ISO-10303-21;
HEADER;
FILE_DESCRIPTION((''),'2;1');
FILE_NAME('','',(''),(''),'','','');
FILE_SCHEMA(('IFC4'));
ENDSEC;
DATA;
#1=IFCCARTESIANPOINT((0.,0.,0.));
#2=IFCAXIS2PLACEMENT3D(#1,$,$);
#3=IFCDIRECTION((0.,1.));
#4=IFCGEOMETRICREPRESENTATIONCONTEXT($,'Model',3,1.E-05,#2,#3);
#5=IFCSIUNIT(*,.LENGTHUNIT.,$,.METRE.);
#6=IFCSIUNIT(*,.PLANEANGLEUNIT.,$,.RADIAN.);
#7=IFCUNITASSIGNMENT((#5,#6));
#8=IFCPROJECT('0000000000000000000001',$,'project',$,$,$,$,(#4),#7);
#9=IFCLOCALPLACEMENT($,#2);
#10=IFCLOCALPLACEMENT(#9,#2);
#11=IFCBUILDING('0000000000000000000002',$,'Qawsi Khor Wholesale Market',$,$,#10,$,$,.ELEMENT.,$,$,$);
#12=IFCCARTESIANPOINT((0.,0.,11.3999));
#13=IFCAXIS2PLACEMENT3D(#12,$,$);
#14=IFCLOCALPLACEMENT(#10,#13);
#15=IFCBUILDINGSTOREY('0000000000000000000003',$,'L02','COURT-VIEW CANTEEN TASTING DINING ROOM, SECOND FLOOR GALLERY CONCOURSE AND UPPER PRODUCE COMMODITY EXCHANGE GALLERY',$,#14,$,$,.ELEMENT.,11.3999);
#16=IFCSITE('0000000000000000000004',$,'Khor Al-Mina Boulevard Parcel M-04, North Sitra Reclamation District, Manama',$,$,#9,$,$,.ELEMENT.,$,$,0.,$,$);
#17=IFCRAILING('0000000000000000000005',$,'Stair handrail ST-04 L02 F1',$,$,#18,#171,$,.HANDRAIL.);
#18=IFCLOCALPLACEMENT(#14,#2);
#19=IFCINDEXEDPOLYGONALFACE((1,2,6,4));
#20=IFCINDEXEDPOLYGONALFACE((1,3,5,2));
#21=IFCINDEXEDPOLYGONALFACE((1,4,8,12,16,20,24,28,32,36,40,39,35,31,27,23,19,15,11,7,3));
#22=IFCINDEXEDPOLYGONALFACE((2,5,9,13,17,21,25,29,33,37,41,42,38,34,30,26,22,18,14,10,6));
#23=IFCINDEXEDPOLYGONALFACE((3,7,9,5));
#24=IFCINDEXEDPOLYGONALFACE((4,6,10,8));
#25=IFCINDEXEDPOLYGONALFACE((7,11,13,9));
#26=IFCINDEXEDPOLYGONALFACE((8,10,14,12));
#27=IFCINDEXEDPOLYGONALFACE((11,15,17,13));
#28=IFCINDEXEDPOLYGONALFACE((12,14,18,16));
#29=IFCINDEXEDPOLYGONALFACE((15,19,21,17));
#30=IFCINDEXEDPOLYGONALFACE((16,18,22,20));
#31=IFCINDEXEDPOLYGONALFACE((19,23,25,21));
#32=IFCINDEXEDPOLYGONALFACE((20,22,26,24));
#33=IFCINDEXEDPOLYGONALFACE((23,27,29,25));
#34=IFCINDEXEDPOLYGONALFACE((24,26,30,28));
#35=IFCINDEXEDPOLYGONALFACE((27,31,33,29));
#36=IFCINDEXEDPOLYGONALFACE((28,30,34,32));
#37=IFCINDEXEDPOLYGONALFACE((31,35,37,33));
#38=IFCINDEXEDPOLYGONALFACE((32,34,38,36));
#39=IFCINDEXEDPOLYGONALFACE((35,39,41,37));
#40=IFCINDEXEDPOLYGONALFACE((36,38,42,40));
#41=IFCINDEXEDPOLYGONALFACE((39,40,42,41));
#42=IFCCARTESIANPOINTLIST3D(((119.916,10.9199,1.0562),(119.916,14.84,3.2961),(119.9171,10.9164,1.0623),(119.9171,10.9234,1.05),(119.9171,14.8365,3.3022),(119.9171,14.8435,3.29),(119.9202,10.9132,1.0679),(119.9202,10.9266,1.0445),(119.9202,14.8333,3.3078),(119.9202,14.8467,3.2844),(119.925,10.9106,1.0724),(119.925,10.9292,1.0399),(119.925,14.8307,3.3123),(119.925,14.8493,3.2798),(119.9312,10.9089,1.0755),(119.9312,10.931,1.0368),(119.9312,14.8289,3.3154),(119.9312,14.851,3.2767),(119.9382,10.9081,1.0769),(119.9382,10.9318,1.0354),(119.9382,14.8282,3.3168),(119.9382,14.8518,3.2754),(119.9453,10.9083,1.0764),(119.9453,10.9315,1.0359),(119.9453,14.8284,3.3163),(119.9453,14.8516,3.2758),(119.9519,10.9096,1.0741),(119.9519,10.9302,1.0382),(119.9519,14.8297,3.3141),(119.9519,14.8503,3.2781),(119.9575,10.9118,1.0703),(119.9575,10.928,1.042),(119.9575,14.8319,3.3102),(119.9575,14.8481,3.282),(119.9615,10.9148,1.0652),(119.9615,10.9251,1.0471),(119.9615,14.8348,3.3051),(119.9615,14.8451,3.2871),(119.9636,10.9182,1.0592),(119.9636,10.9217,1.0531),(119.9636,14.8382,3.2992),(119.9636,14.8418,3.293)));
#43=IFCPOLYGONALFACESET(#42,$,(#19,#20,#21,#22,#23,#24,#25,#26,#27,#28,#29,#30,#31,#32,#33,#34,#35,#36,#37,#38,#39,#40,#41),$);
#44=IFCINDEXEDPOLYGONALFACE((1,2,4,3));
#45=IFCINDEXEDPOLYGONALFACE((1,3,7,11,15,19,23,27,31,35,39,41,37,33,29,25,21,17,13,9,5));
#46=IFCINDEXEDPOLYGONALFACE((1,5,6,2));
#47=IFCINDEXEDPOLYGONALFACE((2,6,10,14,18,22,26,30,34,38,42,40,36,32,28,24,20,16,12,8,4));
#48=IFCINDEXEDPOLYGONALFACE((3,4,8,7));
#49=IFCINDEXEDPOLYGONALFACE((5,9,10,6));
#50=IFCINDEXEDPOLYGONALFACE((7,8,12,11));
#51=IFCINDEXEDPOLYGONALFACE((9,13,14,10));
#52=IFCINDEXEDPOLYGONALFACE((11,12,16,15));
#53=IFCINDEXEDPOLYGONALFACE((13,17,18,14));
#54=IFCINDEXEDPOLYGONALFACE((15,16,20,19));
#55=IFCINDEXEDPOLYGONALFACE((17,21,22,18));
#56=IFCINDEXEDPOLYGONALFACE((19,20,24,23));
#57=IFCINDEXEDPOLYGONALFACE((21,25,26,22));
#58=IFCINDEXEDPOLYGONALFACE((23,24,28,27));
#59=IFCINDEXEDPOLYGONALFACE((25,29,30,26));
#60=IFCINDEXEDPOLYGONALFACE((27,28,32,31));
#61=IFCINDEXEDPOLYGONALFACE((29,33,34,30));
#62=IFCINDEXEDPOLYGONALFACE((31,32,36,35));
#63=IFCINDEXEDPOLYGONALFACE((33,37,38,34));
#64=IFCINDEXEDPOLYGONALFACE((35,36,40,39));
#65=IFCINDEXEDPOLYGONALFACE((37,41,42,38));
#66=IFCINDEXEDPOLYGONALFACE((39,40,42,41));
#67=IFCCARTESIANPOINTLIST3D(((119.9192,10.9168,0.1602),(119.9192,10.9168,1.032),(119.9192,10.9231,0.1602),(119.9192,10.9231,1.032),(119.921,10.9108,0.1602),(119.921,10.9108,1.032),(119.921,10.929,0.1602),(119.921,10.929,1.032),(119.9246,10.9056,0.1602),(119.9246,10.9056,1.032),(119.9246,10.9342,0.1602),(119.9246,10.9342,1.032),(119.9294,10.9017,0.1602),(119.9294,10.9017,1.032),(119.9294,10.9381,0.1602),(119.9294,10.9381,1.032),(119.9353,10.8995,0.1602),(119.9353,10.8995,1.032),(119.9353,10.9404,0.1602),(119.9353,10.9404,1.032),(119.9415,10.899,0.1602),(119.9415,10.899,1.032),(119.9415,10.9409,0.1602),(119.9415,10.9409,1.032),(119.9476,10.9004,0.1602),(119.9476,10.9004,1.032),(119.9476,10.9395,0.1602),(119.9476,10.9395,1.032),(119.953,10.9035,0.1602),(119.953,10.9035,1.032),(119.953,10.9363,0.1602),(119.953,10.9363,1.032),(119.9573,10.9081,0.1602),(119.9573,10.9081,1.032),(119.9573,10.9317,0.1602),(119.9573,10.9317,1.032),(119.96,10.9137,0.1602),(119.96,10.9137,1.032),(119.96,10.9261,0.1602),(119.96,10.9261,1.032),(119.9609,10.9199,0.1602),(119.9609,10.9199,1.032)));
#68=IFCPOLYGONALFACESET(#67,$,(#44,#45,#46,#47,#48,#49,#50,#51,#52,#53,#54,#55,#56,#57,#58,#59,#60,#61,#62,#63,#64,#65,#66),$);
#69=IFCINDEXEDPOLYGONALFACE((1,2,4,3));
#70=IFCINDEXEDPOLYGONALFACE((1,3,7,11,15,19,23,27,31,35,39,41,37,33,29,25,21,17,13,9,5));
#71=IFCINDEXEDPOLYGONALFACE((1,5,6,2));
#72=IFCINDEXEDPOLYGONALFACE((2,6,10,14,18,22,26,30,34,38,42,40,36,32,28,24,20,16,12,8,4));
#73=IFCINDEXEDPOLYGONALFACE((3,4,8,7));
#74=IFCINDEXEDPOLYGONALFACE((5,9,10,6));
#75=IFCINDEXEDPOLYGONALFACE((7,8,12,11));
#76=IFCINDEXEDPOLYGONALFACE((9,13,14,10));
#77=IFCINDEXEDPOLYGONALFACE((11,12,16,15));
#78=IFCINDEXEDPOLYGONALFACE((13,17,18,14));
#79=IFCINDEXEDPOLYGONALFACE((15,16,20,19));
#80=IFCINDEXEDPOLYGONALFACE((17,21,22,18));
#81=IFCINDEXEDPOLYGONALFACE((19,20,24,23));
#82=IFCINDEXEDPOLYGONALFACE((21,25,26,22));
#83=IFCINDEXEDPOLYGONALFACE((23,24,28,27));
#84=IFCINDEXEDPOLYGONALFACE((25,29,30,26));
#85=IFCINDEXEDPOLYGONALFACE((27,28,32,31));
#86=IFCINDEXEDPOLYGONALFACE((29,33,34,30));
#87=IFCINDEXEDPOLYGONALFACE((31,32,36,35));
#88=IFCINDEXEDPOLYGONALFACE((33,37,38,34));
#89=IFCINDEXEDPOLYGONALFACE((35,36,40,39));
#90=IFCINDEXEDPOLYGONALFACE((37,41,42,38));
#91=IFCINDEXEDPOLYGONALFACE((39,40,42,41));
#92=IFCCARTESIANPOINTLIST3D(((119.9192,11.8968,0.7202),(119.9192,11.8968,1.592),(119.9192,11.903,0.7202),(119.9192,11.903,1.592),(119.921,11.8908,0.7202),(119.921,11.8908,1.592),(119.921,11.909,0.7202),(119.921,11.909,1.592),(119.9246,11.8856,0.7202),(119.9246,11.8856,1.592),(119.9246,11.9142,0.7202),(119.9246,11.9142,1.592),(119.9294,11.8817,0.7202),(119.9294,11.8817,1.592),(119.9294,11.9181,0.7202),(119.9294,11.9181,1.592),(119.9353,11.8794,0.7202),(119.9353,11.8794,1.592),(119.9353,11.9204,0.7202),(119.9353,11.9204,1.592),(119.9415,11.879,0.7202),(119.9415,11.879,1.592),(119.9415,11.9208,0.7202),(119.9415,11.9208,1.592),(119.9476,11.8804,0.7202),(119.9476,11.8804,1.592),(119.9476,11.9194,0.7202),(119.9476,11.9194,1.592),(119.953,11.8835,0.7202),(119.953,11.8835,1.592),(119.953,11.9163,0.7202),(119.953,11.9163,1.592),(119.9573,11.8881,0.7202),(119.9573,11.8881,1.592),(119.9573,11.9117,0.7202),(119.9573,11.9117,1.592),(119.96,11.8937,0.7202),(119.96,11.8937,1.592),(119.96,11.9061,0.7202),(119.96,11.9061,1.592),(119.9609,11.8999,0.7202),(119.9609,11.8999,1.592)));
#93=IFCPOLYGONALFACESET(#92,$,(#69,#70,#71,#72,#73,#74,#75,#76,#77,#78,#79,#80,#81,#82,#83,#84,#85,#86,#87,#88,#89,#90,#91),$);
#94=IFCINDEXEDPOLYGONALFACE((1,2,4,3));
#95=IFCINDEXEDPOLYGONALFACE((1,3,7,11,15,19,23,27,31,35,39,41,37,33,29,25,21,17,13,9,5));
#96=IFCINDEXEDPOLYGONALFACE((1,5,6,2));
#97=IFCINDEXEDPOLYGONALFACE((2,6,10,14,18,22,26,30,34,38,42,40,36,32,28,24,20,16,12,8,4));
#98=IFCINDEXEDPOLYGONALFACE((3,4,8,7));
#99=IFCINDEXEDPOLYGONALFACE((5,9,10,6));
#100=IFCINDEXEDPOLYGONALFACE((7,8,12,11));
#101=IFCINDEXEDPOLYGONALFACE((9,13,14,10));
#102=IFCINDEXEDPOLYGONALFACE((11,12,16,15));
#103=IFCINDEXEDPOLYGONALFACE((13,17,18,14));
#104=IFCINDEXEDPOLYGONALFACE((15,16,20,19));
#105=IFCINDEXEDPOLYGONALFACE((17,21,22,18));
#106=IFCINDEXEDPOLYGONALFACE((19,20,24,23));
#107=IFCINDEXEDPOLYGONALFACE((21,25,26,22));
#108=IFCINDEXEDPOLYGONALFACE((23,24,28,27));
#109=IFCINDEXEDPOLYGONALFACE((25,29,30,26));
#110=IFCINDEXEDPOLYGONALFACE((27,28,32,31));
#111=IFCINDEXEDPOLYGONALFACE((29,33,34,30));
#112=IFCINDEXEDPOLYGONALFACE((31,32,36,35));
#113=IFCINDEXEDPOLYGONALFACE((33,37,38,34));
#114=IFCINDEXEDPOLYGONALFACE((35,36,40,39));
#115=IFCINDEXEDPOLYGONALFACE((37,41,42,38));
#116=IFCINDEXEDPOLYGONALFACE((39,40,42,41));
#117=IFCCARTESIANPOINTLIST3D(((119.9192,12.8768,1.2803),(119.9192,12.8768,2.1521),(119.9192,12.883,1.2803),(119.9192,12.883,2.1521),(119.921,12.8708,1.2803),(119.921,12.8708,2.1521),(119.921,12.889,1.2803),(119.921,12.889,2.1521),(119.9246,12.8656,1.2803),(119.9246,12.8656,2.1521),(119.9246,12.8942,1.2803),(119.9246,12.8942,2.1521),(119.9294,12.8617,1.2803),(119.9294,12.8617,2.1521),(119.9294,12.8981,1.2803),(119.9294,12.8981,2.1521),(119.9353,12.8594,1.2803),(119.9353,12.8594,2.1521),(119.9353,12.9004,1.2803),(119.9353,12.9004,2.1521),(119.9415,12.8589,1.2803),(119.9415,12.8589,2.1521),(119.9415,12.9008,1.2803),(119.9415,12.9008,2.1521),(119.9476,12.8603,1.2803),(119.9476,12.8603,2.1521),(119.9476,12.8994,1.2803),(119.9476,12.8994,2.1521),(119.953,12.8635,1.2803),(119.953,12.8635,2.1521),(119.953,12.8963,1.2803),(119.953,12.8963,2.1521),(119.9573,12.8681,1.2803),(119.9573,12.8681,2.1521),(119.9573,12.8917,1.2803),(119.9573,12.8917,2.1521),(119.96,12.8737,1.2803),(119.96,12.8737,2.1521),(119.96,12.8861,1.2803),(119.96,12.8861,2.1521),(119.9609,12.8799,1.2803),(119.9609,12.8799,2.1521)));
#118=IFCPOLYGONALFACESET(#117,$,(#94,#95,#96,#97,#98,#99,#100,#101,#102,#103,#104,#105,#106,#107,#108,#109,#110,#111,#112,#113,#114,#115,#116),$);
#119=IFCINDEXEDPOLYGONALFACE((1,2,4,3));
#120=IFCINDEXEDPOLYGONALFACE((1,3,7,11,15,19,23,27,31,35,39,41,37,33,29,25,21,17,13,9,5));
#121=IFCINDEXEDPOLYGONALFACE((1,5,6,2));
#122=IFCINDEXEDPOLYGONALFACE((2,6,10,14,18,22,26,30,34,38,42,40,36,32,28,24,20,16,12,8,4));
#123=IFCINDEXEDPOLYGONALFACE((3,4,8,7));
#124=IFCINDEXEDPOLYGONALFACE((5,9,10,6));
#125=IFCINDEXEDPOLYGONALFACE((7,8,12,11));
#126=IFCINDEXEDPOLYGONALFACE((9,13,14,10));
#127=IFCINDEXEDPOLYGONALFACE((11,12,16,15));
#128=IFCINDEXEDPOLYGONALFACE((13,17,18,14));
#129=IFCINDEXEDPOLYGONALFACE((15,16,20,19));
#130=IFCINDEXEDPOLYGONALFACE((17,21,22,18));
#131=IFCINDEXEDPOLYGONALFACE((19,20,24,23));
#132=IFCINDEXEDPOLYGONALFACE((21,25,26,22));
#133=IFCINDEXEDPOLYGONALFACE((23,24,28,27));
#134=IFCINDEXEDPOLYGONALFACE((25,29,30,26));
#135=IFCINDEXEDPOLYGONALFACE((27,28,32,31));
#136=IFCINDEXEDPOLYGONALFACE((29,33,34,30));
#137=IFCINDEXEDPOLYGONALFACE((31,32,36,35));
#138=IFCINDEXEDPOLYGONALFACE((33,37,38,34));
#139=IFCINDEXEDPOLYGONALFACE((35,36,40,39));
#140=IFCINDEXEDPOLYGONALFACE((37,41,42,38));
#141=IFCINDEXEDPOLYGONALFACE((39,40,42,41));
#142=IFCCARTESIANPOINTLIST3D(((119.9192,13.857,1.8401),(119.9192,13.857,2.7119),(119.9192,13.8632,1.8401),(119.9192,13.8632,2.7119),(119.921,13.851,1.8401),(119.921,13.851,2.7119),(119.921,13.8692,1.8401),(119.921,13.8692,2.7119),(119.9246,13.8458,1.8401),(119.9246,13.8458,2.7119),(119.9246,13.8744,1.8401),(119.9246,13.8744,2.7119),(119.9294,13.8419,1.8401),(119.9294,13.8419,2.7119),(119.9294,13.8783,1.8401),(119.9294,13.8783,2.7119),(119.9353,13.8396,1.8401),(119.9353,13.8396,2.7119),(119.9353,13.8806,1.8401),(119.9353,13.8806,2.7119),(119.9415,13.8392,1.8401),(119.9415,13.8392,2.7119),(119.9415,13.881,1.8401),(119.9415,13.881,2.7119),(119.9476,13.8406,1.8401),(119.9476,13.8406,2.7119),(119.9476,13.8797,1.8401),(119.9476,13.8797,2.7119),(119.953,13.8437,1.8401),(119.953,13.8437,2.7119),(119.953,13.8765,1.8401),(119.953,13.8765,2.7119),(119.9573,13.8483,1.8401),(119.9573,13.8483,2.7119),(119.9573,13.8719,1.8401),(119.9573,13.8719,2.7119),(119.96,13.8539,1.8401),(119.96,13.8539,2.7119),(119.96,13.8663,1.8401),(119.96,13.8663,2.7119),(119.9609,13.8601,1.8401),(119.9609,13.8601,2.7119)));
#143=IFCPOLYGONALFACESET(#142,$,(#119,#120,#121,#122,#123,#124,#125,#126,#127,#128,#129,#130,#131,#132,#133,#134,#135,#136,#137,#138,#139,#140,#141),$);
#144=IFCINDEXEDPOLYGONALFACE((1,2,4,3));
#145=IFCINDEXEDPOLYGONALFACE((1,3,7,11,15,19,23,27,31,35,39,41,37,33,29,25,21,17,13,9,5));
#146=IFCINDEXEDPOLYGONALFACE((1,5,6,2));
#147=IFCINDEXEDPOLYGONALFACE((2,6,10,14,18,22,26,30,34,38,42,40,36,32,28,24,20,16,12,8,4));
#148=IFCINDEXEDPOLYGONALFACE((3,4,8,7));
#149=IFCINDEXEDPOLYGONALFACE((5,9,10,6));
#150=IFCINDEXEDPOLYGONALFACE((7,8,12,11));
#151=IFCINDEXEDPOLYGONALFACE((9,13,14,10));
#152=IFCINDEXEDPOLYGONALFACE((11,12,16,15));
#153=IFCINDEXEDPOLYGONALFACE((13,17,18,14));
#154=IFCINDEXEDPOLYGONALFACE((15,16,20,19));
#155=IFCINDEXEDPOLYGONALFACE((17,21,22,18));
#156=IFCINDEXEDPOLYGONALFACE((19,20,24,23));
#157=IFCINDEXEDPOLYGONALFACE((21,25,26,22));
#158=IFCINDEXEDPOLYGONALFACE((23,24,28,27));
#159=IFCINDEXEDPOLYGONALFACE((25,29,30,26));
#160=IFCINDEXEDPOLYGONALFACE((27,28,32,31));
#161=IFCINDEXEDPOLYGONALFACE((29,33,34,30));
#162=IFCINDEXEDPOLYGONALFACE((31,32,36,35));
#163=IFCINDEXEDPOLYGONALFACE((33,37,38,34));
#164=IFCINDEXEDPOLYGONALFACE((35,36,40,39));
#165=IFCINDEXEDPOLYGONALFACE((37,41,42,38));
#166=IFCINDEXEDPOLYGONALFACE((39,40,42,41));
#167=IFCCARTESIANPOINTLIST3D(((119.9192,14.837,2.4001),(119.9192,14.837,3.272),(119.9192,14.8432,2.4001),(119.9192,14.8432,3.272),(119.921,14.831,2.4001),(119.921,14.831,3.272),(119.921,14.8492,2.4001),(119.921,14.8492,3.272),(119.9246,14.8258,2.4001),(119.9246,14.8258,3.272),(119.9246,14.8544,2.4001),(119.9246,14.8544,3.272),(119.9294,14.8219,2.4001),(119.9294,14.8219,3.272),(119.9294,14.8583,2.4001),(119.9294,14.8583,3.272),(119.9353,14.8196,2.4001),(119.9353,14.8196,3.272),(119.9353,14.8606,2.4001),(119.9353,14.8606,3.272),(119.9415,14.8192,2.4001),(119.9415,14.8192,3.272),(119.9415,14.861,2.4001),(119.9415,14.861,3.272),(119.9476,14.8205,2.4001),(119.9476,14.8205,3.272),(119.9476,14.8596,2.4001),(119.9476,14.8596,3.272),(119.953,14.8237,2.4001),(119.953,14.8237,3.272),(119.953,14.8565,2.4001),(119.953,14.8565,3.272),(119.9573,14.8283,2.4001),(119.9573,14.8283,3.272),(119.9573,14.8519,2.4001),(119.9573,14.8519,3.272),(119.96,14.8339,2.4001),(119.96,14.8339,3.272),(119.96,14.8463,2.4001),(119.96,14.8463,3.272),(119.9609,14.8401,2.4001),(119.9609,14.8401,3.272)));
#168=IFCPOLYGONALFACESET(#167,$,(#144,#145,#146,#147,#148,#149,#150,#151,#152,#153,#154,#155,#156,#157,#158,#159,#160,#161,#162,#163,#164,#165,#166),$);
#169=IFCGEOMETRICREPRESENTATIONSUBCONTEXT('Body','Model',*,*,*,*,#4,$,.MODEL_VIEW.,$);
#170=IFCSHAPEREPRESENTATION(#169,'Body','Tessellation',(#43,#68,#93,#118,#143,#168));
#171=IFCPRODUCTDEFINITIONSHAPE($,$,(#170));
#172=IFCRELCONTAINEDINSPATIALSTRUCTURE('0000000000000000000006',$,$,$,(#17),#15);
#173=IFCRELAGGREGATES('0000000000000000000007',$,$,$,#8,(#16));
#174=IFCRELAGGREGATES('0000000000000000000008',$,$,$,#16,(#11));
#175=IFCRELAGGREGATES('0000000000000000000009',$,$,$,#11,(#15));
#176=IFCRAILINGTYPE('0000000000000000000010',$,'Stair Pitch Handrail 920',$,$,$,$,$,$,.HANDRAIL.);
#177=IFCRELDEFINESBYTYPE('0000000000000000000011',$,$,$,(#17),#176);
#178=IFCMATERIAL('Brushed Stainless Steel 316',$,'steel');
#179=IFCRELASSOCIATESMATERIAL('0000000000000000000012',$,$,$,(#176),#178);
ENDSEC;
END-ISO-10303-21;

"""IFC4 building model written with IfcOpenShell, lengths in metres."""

from ifc_helpers import new_model, si_unit, direction, frame, origin, origin_2d, place, context, subcontext, project, spatial, circle, extrude, material, type_object, element, save


model = new_model("IFC4")

# Units and contexts
model_context = context("Model", 3, precision=1e-05, world=origin(), true_north=direction((0.0, 1.0)))
body_context = subcontext(model_context, "Body", "Model", "MODEL_VIEW")
ifc_project = project(units=[si_unit("LENGTHUNIT", "METRE"), si_unit("PLANEANGLEUNIT", "RADIAN")], contexts=[model_context])

# Site, building, storey
site_placement = place(None, origin())
site = spatial("IfcSite", under=ifc_project, at=site_placement, Name="Khor Al-Mina Boulevard Parcel M-04, North Sitra Reclamation District, Manama", CompositionType="ELEMENT", RefElevation=0.0)
building_placement = place(site_placement, origin())
building = spatial("IfcBuilding", under=site, at=building_placement, Name="Qawsi Khor Wholesale Market", CompositionType="ELEMENT")
storey_placement = place(building_placement, frame((0.0, 0.0, 11.3999)))
storey = spatial("IfcBuildingStorey", under=building, at=storey_placement, Name="L02", Description="COURT-VIEW CANTEEN TASTING DINING ROOM, SECOND FLOOR GALLERY CONCOURSE AND UPPER PRODUCE COMMODITY EXCHANGE GALLERY", CompositionType="ELEMENT", Elevation=11.3999)

# Railing
ifc_material_1 = material(Name="Brushed Stainless Steel 316", Category="steel")
railing_type = type_object("IfcRailingType", Name="Stair Pitch Handrail 920", PredefinedType="HANDRAIL", material=ifc_material_1)
railing_1_placement = place(storey_placement, frame((119.9399, 10.9199, 0.1602)))
element("IfcRailing", 1, at=railing_1_placement, inside=storey, type_object=railing_type, Name="Stair handrail ST-04 L02 F1", PredefinedType="HANDRAIL", context=body_context, shape_type="SweptSolid", body=[
    extrude(circle(Radius=0.0239, at=origin_2d()), frame((0.0, 0.0, 0.896), z_axis=(0.0, 0.868253, 0.496121), x_axis=(-1.0, 0.0, 0.0)), (0.0, 0.0, 1.0), 4.5149),
    extrude(circle(Radius=0.021, at=origin_2d()), origin(), (0.0, 0.0, 1.0), 0.8718),
    extrude(circle(Radius=0.021, at=origin_2d()), frame((0.0, 0.98, 0.5601)), (0.0, 0.0, 1.0), 0.8718),
    extrude(circle(Radius=0.021, at=origin_2d()), frame((0.0, 1.96, 1.1201)), (0.0, 0.0, 1.0), 0.8718),
    extrude(circle(Radius=0.021, at=origin_2d()), frame((0.0, 2.9402, 1.6799)), (0.0, 0.0, 1.0), 0.8718),
    extrude(circle(Radius=0.021, at=origin_2d()), frame((0.0, 3.9202, 2.24)), (0.0, 0.0, 1.0), 0.8718),
])

save(model, "model.ifc")
